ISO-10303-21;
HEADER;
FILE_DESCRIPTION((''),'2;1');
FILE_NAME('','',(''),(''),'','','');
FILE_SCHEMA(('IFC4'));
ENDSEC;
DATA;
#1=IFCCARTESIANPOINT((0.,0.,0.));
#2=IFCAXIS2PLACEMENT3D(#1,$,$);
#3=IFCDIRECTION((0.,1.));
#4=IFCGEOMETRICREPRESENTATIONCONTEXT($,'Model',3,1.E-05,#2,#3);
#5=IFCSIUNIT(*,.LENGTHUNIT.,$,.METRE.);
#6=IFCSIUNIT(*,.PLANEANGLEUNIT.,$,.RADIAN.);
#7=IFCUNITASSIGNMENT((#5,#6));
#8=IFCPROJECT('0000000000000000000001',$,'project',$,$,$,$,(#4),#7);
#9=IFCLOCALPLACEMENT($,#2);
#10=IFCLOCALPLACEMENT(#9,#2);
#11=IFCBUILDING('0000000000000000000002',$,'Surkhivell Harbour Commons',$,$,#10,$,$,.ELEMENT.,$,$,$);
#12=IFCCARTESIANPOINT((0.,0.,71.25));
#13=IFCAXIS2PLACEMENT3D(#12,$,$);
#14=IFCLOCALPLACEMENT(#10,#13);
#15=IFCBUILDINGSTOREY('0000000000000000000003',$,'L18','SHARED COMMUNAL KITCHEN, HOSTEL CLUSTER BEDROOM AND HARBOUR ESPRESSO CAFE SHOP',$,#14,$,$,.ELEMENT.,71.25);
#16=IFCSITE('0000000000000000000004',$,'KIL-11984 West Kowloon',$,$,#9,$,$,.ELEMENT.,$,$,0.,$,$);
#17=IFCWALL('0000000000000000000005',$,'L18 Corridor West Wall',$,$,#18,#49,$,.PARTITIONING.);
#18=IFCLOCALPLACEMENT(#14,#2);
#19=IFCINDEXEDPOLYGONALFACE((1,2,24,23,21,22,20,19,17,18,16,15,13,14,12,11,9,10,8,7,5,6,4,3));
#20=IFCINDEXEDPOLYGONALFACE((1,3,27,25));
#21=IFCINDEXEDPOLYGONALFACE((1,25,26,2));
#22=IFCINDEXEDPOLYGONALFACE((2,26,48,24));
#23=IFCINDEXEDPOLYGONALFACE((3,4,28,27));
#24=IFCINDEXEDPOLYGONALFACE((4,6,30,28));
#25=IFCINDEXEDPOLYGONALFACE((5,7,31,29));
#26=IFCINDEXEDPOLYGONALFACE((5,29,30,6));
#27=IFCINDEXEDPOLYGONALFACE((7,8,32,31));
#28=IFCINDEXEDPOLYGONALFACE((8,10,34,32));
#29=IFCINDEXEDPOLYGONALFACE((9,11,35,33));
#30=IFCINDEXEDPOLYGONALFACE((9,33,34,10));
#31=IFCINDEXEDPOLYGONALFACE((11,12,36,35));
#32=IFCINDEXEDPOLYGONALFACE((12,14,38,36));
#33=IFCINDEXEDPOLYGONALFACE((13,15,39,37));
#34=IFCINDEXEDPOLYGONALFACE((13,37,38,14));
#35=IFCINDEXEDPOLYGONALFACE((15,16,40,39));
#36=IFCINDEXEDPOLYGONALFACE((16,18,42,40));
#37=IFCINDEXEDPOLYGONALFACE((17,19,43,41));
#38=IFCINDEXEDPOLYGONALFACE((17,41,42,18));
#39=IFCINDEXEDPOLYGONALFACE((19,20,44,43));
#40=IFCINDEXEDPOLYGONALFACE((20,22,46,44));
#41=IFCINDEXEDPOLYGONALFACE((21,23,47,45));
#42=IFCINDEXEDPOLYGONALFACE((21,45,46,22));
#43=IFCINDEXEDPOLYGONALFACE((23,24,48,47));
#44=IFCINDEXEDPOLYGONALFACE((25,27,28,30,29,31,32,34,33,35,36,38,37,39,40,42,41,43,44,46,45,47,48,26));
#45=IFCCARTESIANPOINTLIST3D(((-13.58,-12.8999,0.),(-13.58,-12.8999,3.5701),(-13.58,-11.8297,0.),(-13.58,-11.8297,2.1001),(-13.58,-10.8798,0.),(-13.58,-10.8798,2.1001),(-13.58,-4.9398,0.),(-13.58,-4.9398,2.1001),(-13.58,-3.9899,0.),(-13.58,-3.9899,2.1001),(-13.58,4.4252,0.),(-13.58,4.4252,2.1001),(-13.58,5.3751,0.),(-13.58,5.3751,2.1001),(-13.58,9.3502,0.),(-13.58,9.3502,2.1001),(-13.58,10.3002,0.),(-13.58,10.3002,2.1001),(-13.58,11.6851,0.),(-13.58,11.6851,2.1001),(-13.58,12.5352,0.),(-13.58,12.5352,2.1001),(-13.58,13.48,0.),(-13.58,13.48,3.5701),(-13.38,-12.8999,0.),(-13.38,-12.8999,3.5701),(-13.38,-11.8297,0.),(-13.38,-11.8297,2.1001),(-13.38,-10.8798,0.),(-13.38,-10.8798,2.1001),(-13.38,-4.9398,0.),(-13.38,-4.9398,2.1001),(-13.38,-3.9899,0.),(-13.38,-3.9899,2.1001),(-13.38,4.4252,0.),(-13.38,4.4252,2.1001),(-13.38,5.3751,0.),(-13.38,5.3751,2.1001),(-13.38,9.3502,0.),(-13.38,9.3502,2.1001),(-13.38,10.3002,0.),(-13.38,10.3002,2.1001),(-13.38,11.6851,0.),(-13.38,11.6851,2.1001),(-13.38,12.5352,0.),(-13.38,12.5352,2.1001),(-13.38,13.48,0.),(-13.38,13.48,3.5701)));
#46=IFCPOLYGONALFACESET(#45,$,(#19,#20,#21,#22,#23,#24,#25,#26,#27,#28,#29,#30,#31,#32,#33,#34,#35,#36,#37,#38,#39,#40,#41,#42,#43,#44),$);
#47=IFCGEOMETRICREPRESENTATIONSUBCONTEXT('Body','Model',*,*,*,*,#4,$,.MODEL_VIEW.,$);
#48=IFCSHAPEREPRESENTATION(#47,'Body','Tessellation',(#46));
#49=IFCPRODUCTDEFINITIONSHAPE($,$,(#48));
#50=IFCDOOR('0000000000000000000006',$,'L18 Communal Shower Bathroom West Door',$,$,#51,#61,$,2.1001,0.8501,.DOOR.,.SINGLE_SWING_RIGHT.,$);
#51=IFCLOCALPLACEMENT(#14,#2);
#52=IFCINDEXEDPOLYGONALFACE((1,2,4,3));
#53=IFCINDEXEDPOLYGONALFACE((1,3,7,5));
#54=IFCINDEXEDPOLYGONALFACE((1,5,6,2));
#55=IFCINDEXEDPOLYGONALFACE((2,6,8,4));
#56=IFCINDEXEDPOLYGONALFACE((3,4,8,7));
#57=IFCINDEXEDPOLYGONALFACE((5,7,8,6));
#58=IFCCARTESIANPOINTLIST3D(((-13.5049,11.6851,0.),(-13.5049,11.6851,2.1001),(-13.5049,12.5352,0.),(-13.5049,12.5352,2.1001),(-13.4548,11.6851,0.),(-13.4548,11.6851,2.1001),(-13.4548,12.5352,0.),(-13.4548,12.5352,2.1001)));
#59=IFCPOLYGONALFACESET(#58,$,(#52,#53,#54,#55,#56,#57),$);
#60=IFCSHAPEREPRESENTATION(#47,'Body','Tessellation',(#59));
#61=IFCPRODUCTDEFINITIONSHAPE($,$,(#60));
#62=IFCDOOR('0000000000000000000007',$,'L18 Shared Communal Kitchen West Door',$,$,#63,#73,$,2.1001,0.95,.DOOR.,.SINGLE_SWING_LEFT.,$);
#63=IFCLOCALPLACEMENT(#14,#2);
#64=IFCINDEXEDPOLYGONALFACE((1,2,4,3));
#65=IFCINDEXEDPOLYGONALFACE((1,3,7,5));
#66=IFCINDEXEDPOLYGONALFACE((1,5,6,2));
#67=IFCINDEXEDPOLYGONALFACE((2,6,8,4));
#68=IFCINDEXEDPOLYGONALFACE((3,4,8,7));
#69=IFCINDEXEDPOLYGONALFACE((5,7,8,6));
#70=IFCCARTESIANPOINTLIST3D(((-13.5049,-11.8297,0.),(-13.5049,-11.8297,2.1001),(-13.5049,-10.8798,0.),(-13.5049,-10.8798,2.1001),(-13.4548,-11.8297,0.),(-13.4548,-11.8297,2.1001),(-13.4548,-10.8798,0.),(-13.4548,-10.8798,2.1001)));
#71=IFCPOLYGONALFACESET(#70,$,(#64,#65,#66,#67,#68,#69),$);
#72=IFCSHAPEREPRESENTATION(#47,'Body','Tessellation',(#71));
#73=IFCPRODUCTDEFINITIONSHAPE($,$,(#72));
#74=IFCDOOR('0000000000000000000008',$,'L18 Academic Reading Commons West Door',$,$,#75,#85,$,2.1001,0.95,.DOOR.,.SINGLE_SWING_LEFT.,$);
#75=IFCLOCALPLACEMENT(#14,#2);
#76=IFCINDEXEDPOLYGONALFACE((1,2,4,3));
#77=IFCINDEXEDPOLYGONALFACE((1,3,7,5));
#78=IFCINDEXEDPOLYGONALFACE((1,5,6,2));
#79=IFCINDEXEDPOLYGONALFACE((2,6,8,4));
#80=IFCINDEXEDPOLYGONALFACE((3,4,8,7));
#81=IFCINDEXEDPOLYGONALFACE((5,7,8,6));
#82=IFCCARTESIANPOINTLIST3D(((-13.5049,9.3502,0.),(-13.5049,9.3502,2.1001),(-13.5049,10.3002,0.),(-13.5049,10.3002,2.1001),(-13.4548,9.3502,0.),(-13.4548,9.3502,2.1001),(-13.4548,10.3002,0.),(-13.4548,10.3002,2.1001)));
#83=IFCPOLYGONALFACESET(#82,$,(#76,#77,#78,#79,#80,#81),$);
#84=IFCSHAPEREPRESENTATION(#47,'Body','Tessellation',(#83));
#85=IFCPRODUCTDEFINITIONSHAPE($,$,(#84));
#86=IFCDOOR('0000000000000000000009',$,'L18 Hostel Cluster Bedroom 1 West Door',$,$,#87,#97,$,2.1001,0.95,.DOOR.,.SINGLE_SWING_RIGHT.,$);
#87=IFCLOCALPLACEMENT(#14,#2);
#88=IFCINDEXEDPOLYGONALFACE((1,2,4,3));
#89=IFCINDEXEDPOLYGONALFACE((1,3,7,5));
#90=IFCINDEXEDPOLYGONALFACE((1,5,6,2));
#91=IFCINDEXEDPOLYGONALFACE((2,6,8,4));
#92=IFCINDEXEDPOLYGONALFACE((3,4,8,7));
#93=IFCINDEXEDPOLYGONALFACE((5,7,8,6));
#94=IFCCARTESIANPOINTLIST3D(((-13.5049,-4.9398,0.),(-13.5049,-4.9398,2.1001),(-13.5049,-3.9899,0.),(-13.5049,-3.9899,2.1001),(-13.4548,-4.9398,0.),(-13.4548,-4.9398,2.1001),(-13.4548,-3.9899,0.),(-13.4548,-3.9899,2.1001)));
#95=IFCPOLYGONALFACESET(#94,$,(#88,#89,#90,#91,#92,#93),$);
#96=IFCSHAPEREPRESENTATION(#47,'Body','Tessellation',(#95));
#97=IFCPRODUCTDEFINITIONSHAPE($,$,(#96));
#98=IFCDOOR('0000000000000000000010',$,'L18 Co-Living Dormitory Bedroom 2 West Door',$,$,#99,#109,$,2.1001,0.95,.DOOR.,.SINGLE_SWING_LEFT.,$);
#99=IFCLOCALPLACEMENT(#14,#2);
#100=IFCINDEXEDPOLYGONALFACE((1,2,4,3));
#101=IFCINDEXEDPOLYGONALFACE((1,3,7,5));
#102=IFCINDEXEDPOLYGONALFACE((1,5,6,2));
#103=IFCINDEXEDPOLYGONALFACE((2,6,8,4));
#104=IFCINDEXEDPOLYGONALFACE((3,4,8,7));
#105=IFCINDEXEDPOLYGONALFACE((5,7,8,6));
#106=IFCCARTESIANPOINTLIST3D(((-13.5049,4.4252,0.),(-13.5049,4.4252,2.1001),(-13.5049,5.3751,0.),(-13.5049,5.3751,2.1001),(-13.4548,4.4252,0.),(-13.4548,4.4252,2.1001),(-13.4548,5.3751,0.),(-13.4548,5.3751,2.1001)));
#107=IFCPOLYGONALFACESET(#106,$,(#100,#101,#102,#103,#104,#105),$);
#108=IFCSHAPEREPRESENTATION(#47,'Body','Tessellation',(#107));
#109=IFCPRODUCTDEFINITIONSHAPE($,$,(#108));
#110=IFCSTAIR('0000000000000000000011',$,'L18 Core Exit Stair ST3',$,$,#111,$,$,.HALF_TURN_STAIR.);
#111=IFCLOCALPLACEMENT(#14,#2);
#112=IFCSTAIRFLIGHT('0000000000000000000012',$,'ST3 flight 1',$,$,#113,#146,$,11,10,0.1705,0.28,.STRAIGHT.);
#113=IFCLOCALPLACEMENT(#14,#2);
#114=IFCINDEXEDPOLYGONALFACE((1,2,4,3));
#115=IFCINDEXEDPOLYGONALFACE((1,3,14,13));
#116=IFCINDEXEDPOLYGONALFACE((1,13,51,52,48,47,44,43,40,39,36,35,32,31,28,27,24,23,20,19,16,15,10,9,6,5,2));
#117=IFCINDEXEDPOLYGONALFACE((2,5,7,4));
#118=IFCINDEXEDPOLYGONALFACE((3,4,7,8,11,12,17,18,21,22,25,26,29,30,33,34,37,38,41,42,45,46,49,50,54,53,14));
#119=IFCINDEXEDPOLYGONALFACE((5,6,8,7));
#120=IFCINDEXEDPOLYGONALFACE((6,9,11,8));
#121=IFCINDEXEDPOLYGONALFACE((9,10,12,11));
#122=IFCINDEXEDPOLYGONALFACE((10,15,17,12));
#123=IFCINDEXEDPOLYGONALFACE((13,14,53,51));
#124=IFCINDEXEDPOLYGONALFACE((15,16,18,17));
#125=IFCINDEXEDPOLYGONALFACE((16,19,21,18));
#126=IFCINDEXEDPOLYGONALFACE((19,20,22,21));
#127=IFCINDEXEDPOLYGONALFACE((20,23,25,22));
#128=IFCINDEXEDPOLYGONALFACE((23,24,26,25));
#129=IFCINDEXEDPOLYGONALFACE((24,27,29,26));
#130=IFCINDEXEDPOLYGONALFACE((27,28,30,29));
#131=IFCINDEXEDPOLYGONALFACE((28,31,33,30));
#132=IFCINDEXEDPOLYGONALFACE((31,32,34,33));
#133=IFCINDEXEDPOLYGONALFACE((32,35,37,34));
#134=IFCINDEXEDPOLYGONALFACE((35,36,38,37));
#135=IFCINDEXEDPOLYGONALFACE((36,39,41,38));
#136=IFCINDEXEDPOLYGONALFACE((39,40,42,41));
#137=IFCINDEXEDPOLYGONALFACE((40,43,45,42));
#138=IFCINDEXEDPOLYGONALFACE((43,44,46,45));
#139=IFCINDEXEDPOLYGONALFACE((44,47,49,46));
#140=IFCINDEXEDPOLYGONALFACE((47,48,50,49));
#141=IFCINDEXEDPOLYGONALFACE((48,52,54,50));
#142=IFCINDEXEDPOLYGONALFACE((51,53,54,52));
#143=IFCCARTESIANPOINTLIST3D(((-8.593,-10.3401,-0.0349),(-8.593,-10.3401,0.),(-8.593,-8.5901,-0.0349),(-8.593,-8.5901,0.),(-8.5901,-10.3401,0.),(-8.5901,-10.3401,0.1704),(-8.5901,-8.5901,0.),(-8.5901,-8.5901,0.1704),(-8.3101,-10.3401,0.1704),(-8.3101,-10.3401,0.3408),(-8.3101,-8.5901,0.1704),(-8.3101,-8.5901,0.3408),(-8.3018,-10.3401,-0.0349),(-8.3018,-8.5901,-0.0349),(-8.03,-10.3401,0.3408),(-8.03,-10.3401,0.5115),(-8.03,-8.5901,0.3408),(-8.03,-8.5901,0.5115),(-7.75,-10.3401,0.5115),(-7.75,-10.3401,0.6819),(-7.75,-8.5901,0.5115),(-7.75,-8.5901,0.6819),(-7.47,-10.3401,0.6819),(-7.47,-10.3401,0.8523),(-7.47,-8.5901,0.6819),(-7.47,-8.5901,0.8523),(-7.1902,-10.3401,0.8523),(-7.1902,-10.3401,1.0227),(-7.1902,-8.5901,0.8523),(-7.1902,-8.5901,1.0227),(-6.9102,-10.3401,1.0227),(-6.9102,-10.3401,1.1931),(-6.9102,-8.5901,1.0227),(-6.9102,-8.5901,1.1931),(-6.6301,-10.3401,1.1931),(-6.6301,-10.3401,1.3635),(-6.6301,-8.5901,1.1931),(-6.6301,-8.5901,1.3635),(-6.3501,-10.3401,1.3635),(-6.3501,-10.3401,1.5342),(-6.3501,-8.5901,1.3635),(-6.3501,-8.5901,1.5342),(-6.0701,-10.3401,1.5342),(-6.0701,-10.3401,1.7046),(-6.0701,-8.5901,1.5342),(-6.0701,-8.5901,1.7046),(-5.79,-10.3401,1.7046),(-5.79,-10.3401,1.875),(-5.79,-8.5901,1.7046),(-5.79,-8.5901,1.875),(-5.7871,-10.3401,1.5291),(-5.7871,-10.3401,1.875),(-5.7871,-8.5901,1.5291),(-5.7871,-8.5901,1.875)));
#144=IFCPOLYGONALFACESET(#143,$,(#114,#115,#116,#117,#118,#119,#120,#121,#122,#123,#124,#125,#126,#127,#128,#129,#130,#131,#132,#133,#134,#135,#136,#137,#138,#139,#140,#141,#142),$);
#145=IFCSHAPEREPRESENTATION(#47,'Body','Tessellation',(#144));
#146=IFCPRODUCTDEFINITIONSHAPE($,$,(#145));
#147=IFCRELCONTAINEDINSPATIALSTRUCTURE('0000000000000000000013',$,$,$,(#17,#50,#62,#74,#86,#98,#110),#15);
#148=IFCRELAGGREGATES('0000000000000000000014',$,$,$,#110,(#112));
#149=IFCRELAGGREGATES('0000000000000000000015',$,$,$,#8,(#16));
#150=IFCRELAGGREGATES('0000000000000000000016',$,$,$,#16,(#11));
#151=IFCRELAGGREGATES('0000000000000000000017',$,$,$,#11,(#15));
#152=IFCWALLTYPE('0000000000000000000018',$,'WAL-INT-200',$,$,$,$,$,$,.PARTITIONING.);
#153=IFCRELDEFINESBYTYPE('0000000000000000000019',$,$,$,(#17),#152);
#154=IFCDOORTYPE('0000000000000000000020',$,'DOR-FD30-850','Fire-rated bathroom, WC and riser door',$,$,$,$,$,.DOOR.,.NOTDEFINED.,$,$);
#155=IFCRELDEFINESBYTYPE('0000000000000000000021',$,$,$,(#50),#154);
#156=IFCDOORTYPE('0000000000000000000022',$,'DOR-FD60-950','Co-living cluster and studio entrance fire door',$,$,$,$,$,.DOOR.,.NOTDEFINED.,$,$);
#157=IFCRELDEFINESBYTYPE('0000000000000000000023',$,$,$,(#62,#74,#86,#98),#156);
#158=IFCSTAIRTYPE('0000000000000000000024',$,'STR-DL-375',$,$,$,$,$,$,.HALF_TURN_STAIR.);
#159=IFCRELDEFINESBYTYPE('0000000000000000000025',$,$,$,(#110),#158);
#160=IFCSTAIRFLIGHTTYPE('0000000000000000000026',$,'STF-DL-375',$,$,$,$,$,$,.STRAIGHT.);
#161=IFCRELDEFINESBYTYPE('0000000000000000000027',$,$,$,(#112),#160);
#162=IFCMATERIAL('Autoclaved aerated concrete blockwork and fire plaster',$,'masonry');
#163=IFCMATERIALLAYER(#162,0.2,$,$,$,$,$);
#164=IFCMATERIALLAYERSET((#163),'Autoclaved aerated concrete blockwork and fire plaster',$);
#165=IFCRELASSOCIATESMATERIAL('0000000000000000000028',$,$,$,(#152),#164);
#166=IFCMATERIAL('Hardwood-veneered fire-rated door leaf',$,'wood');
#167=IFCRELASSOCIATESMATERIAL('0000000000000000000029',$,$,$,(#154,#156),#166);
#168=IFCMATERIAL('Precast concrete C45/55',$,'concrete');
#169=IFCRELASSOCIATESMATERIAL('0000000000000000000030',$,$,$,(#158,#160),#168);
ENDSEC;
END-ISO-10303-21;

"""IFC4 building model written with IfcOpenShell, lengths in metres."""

from ifc_helpers import new_model, si_unit, direction, frame, frame_2d, origin, place, context, subcontext, project, spatial, polyline, rectangle, outline, extrude, material, layer, layer_set, type_object, element, fill, aggregate, save


model = new_model("IFC4")

# Units and contexts
model_context = context("Model", 3, precision=1e-05, world=origin(), true_north=direction((0.0, 1.0)))
body_context = subcontext(model_context, "Body", "Model", "MODEL_VIEW")
ifc_project = project(units=[si_unit("LENGTHUNIT", "METRE"), si_unit("PLANEANGLEUNIT", "RADIAN")], contexts=[model_context])

# Site, building, storey
site_placement = place(None, origin())
site = spatial("IfcSite", under=ifc_project, at=site_placement, Name="KIL-11984 West Kowloon", CompositionType="ELEMENT", RefElevation=0.0)
building_placement = place(site_placement, origin())
building = spatial("IfcBuilding", under=site, at=building_placement, Name="Surkhivell Harbour Commons", CompositionType="ELEMENT")
storey_placement = place(building_placement, frame((0.0, 0.0, 71.25)))
storey = spatial("IfcBuildingStorey", under=building, at=storey_placement, Name="L18", Description="SHARED COMMUNAL KITCHEN, HOSTEL CLUSTER BEDROOM AND HARBOUR ESPRESSO CAFE SHOP", CompositionType="ELEMENT", Elevation=71.25)

# Wall, openings, doors
ifc_material_1 = material(Name="Autoclaved aerated concrete blockwork and fire plaster", Category="masonry")
ifc_layer_1 = layer(ifc_material_1, 0.2)
ifc_layer_set_1 = layer_set([ifc_layer_1], Name="Autoclaved aerated concrete blockwork and fire plaster")
wall_type_1 = type_object("IfcWallType", Name="WAL-INT-200", PredefinedType="PARTITIONING", material=ifc_layer_set_1)
ifc_material_2 = material(Name="Hardwood-veneered fire-rated door leaf", Category="wood")
door_type_1 = type_object("IfcDoorType", Name="DOR-FD30-850", Description="Fire-rated bathroom, WC and riser door", OperationType="NOTDEFINED", PredefinedType="DOOR", material=ifc_material_2)
wall_1_placement = place(storey_placement, frame((-13.48, -12.8999, 0.0), z_axis=(0.0, 0.0, 1.0), x_axis=(0.0, 1.0, 0.0)))
wall_1 = element("IfcWall", 1, at=wall_1_placement, inside=storey, type_object=wall_type_1, Name="L18 Corridor West Wall", PredefinedType="PARTITIONING", context=body_context, shape_type="SweptSolid", body=[
    extrude(rectangle(XDim=26.3799, YDim=0.2, at=frame_2d((13.1899, 0.0))), origin(), (0.0, 0.0, 1.0), 3.5701),
])
opening_1_placement = place(wall_1_placement, frame((1.0701, 0.0, 0.0)))
opening_1 = element("IfcOpeningElement", 2, at=opening_1_placement, cuts=wall_1, PredefinedType="OPENING", context=body_context, shape_type="SweptSolid", body=[
    extrude(rectangle(XDim=0.95, YDim=2.1001, at=frame_2d((0.4751, 1.05))), frame((0.0, 0.1099, 0.0), z_axis=(0.0, -1.0, 0.0), x_axis=(1.0, 0.0, 0.0)), (0.0, 0.0, 1.0), 0.22),
])
opening_2_placement = place(wall_1_placement, frame((24.585, 0.0, 0.0)))
opening_2 = element("IfcOpeningElement", 3, at=opening_2_placement, cuts=wall_1, PredefinedType="OPENING", context=body_context, shape_type="SweptSolid", body=[
    extrude(rectangle(XDim=0.8501, YDim=2.1001, at=frame_2d((0.425, 1.05))), frame((0.0, 0.1099, 0.0), z_axis=(0.0, -1.0, 0.0), x_axis=(1.0, 0.0, 0.0)), (0.0, 0.0, 1.0), 0.22),
])
opening_3_placement = place(wall_1_placement, frame((22.25, 0.0, 0.0)))
opening_3 = element("IfcOpeningElement", 4, at=opening_3_placement, cuts=wall_1, PredefinedType="OPENING", context=body_context, shape_type="SweptSolid", body=[
    extrude(rectangle(XDim=0.95, YDim=2.1001, at=frame_2d((0.4751, 1.05))), frame((0.0, 0.1099, 0.0), z_axis=(0.0, -1.0, 0.0), x_axis=(1.0, 0.0, 0.0)), (0.0, 0.0, 1.0), 0.22),
])
opening_4_placement = place(wall_1_placement, frame((7.96, 0.0, 0.0)))
opening_4 = element("IfcOpeningElement", 5, at=opening_4_placement, cuts=wall_1, PredefinedType="OPENING", context=body_context, shape_type="SweptSolid", body=[
    extrude(rectangle(XDim=0.95, YDim=2.1001, at=frame_2d((0.4751, 1.05))), frame((0.0, 0.1099, 0.0), z_axis=(0.0, -1.0, 0.0), x_axis=(1.0, 0.0, 0.0)), (0.0, 0.0, 1.0), 0.22),
])
opening_5_placement = place(wall_1_placement, frame((17.325, 0.0, 0.0)))
opening_5 = element("IfcOpeningElement", 6, at=opening_5_placement, cuts=wall_1, PredefinedType="OPENING", context=body_context, shape_type="SweptSolid", body=[
    extrude(rectangle(XDim=0.95, YDim=2.1001, at=frame_2d((0.4751, 1.05))), frame((0.0, 0.1099, 0.0), z_axis=(0.0, -1.0, 0.0), x_axis=(1.0, 0.0, 0.0)), (0.0, 0.0, 1.0), 0.22),
])
door_1_placement = place(opening_2_placement, origin())
door_1 = element("IfcDoor", 7, at=door_1_placement, inside=storey, type_object=door_type_1, Name="L18 Communal Shower Bathroom West Door", OperationType="SINGLE_SWING_RIGHT", OverallHeight=2.1001, OverallWidth=0.8501, PredefinedType="DOOR", context=body_context, shape_type="SweptSolid", body=[
    extrude(rectangle(XDim=0.8501, YDim=2.1001, at=frame_2d((0.425, 1.05))), frame((0.0, 0.0249, 0.0), z_axis=(0.0, -1.0, 0.0), x_axis=(1.0, 0.0, 0.0)), (0.0, 0.0, 1.0), 0.05),
])
fill(opening_2, door_1)
door_type_2 = type_object("IfcDoorType", Name="DOR-FD60-950", Description="Co-living cluster and studio entrance fire door", OperationType="NOTDEFINED", PredefinedType="DOOR", material=ifc_material_2)
door_2_placement = place(opening_1_placement, origin())
door_2 = element("IfcDoor", 8, at=door_2_placement, inside=storey, type_object=door_type_2, Name="L18 Shared Communal Kitchen West Door", OperationType="SINGLE_SWING_LEFT", OverallHeight=2.1001, OverallWidth=0.95, PredefinedType="DOOR", context=body_context, shape_type="SweptSolid", body=[
    extrude(rectangle(XDim=0.95, YDim=2.1001, at=frame_2d((0.4751, 1.05))), frame((0.0, 0.0249, 0.0), z_axis=(0.0, -1.0, 0.0), x_axis=(1.0, 0.0, 0.0)), (0.0, 0.0, 1.0), 0.05),
])
fill(opening_1, door_2)
door_3_placement = place(opening_3_placement, origin())
door_3 = element("IfcDoor", 9, at=door_3_placement, inside=storey, type_object=door_type_2, Name="L18 Academic Reading Commons West Door", OperationType="SINGLE_SWING_LEFT", OverallHeight=2.1001, OverallWidth=0.95, PredefinedType="DOOR", context=body_context, shape_type="SweptSolid", body=[
    extrude(rectangle(XDim=0.95, YDim=2.1001, at=frame_2d((0.4751, 1.05))), frame((0.0, 0.0249, 0.0), z_axis=(0.0, -1.0, 0.0), x_axis=(1.0, 0.0, 0.0)), (0.0, 0.0, 1.0), 0.05),
])
fill(opening_3, door_3)
door_4_placement = place(opening_4_placement, origin())
door_4 = element("IfcDoor", 10, at=door_4_placement, inside=storey, type_object=door_type_2, Name="L18 Hostel Cluster Bedroom 1 West Door", OperationType="SINGLE_SWING_RIGHT", OverallHeight=2.1001, OverallWidth=0.95, PredefinedType="DOOR", context=body_context, shape_type="SweptSolid", body=[
    extrude(rectangle(XDim=0.95, YDim=2.1001, at=frame_2d((0.4751, 1.05))), frame((0.0, 0.0249, 0.0), z_axis=(0.0, -1.0, 0.0), x_axis=(1.0, 0.0, 0.0)), (0.0, 0.0, 1.0), 0.05),
])
fill(opening_4, door_4)
door_5_placement = place(opening_5_placement, origin())
door_5 = element("IfcDoor", 11, at=door_5_placement, inside=storey, type_object=door_type_2, Name="L18 Co-Living Dormitory Bedroom 2 West Door", OperationType="SINGLE_SWING_LEFT", OverallHeight=2.1001, OverallWidth=0.95, PredefinedType="DOOR", context=body_context, shape_type="SweptSolid", body=[
    extrude(rectangle(XDim=0.95, YDim=2.1001, at=frame_2d((0.4751, 1.05))), frame((0.0, 0.0249, 0.0), z_axis=(0.0, -1.0, 0.0), x_axis=(1.0, 0.0, 0.0)), (0.0, 0.0, 1.0), 0.05),
])
fill(opening_5, door_5)

# Stair, stair flight
ifc_material_3 = material(Name="Precast concrete C45/55", Category="concrete")
stair_type = type_object("IfcStairType", Name="STR-DL-375", PredefinedType="HALF_TURN_STAIR", material=ifc_material_3)
stair_placement = place(storey_placement, origin())
stair = element("IfcStair", 12, at=stair_placement, inside=storey, type_object=stair_type, Name="L18 Core Exit Stair ST3", PredefinedType="HALF_TURN_STAIR")
stair_flight_type = type_object("IfcStairFlightType", Name="STF-DL-375", PredefinedType="STRAIGHT", material=ifc_material_3)
stair_flight_placement = place(storey_placement, frame((-8.5901, -9.4651, 0.0), z_axis=(0.0, 0.0, 1.0), x_axis=(1.0, 0.0, 0.0)))
stair_flight = element("IfcStairFlight", 13, at=stair_flight_placement, type_object=stair_flight_type, Name="ST3 flight 1", NumberOfRisers=11, NumberOfTreads=10, PredefinedType="STRAIGHT", RiserHeight=0.1705, TreadLength=0.28, context=body_context, shape_type="SweptSolid", body=[
    extrude(outline(polyline([(-0.0029, -0.0349), (-0.0029, 0.0), (0.0, 0.0), (0.0, 0.1704), (0.28, 0.1704), (0.28, 0.3408), (0.5601, 0.3408), (0.5601, 0.5115), (0.8401, 0.5115), (0.8401, 0.6819), (1.1201, 0.6819), (1.1201, 0.8523), (1.3999, 0.8523), (1.3999, 1.0227), (1.6799, 1.0227), (1.6799, 1.1931), (1.96, 1.1931), (1.96, 1.3635), (2.24, 1.3635), (2.24, 1.5342), (2.52, 1.5342), (2.52, 1.7046), (2.8, 1.7046), (2.8, 1.875), (2.803, 1.875), (2.803, 1.5291), (0.2883, -0.0349), (-0.0029, -0.0349)])), frame((0.0, 0.875, 0.0), z_axis=(0.0, -1.0, 0.0), x_axis=(1.0, 0.0, 0.0)), (0.0, 0.0, 1.0), 1.75),
])
aggregate(stair, [stair_flight])

save(model, "model.ifc")
